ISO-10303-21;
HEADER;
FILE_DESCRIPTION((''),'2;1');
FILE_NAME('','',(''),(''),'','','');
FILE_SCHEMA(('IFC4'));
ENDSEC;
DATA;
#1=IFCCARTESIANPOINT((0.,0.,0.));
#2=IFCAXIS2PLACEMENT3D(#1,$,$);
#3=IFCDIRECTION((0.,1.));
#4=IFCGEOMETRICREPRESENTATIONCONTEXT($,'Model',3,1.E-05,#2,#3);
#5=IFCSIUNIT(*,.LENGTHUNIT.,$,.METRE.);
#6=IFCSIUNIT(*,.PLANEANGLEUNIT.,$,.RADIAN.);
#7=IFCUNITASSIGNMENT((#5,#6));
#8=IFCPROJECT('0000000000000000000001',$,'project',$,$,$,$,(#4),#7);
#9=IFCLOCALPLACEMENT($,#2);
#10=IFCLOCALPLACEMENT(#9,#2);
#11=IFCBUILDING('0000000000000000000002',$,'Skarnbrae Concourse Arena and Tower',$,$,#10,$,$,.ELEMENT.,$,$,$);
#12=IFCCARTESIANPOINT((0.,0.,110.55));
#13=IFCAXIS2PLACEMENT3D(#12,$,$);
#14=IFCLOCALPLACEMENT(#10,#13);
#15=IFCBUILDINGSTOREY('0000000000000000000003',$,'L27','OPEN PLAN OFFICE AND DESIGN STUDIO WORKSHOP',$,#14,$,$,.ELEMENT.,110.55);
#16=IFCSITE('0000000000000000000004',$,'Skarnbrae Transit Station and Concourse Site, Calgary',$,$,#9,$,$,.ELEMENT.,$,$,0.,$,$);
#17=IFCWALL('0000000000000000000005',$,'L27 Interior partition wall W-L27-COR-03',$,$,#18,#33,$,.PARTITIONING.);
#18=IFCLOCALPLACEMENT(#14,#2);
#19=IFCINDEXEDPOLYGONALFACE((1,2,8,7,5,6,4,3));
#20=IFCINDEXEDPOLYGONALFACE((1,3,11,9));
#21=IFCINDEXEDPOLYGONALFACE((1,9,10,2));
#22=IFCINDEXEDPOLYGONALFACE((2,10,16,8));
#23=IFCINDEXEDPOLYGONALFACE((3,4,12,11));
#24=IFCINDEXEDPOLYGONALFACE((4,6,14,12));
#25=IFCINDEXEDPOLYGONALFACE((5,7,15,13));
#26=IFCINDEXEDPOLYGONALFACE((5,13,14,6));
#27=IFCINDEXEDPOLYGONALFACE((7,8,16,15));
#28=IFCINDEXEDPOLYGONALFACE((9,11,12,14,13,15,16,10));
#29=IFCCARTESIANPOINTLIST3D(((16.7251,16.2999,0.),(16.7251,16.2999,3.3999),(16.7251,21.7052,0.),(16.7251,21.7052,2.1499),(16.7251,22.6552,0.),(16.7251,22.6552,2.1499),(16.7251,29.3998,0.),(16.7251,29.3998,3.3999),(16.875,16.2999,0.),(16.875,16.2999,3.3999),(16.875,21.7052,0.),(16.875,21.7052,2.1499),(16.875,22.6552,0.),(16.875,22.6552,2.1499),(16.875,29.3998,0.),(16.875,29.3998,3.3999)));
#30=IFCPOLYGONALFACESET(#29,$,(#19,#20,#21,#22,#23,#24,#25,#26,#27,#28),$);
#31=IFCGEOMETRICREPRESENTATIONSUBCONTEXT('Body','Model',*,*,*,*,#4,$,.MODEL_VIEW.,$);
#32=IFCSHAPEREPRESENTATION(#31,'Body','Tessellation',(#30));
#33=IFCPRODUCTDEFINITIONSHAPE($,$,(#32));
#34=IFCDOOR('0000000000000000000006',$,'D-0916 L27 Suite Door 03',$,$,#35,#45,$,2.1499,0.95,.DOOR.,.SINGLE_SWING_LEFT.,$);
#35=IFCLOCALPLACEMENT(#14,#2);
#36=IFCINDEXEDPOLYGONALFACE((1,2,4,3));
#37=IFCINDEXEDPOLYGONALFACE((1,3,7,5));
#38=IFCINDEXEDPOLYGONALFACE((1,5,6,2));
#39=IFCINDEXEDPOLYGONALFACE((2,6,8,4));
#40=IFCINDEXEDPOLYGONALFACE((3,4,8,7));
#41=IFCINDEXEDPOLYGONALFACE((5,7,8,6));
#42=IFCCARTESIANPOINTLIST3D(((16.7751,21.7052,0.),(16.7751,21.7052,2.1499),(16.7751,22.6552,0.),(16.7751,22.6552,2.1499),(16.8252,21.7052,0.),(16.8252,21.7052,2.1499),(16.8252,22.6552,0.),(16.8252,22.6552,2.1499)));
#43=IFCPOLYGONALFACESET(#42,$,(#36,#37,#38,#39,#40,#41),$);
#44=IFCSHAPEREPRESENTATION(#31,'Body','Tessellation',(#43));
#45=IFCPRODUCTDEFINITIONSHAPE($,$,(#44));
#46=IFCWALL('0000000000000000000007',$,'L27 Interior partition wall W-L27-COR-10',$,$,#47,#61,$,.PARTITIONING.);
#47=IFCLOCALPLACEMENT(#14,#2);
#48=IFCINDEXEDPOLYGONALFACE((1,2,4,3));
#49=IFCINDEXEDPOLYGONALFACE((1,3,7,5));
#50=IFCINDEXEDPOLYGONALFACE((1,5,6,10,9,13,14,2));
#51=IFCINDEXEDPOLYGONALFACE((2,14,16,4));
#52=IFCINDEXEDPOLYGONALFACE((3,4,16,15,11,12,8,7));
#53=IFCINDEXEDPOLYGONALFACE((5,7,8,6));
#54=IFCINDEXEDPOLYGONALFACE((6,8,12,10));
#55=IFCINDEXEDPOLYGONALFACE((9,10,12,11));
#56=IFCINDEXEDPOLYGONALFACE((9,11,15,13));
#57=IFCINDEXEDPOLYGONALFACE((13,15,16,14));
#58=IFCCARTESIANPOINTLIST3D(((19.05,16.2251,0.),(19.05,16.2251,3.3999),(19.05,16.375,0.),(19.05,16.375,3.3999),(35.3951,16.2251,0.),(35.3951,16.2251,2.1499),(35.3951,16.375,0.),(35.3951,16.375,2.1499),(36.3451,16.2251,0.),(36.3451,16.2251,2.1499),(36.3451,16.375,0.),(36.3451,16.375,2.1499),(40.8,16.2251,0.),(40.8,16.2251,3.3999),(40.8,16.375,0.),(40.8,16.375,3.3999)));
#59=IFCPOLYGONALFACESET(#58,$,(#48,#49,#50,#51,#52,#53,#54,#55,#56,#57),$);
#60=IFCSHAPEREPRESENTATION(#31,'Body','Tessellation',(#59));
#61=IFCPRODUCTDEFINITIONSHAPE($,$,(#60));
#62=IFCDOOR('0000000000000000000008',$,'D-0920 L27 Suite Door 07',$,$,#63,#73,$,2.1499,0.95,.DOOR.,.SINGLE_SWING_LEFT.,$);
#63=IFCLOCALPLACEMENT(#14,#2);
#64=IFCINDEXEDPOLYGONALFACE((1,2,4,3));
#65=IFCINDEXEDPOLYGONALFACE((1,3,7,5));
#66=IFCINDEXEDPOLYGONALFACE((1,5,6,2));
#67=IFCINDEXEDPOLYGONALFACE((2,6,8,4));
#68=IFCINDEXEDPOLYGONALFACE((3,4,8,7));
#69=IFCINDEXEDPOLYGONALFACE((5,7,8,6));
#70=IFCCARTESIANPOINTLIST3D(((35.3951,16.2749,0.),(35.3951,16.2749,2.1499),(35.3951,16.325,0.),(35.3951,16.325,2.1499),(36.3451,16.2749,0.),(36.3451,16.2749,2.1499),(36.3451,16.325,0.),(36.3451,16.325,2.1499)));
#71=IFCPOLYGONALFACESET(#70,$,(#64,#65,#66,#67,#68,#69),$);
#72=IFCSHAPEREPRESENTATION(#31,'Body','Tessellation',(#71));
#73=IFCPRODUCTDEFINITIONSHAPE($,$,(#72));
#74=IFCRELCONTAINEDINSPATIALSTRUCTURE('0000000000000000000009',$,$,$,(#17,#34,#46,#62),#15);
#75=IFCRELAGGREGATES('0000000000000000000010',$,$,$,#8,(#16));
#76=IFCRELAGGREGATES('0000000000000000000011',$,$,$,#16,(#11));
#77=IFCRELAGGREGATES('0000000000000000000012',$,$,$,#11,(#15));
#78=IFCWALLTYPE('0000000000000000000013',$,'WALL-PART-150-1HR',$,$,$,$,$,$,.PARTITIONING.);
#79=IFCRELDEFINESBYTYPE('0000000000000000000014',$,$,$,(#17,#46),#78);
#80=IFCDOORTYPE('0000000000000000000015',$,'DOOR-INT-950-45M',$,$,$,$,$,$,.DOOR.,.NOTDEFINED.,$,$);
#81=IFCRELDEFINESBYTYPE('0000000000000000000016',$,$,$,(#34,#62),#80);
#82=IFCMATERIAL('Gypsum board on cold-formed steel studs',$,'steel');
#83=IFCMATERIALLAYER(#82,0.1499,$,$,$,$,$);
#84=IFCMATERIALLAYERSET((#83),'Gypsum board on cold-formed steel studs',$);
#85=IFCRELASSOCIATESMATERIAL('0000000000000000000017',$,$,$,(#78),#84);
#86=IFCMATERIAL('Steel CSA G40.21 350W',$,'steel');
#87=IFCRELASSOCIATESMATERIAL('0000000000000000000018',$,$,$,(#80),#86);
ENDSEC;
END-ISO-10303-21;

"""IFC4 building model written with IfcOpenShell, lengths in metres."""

from ifc_helpers import new_model, si_unit, direction, frame, frame_2d, origin, place, context, subcontext, project, spatial, rectangle, extrude, source, transform, mapped, material, layer, layer_set, type_object, element, fill, save


model = new_model("IFC4")

# Units and contexts
model_context = context("Model", 3, precision=1e-05, world=origin(), true_north=direction((0.0, 1.0)))
body_context = subcontext(model_context, "Body", "Model", "MODEL_VIEW")
ifc_project = project(units=[si_unit("LENGTHUNIT", "METRE"), si_unit("PLANEANGLEUNIT", "RADIAN")], contexts=[model_context])

# Site, building, storey
site_placement = place(None, origin())
site = spatial("IfcSite", under=ifc_project, at=site_placement, Name="Skarnbrae Transit Station and Concourse Site, Calgary", CompositionType="ELEMENT", RefElevation=0.0)
building_placement = place(site_placement, origin())
building = spatial("IfcBuilding", under=site, at=building_placement, Name="Skarnbrae Concourse Arena and Tower", CompositionType="ELEMENT")
storey_placement = place(building_placement, frame((0.0, 0.0, 110.55)))
storey = spatial("IfcBuildingStorey", under=building, at=storey_placement, Name="L27", Description="OPEN PLAN OFFICE AND DESIGN STUDIO WORKSHOP", CompositionType="ELEMENT", Elevation=110.55)

# Shared definitions
ifc_material_1 = material(Name="Steel CSA G40.21 350W", Category="steel")

# Shared definitions
ifc_material_2 = material(Name="Gypsum board on cold-formed steel studs", Category="steel")

# Walls, openings, doors
ifc_layer_1 = layer(ifc_material_2, 0.1499)
ifc_layer_set_1 = layer_set([ifc_layer_1], Name="Gypsum board on cold-formed steel studs")
wall_type_1 = type_object("IfcWallType", Name="WALL-PART-150-1HR", PredefinedType="PARTITIONING", material=ifc_layer_set_1)
shared_shape_1 = source(origin(), body_context, "Body", "SweptSolid", [
    extrude(rectangle(XDim=13.0999, YDim=0.1499, at=frame_2d((6.5498, 0.0))), origin(), (0.0, 0.0, 1.0), 3.3999),
])
wall_1_placement = place(storey_placement, frame((16.8, 16.3, 0.0), z_axis=(0.0, 0.0, 1.0), x_axis=(0.0, 1.0, 0.0)))
wall_1 = element("IfcWall", 1, at=wall_1_placement, inside=storey, type_object=wall_type_1, Name="L27 Interior partition wall W-L27-COR-03", PredefinedType="PARTITIONING", context=body_context, shape_type="MappedRepresentation", body=[
    mapped(shared_shape_1, transform((0.0, 0.0, 0.0))),
])
opening_1_placement = place(wall_1_placement, frame((5.405, 0.0, 0.0)))
opening_1 = element("IfcOpeningElement", 2, at=opening_1_placement, cuts=wall_1, PredefinedType="OPENING", context=body_context, shape_type="SweptSolid", body=[
    extrude(rectangle(XDim=0.95, YDim=2.1499, at=frame_2d((0.4751, 1.075))), frame((0.0, 0.085, 0.0), z_axis=(0.0, -1.0, 0.0), x_axis=(1.0, 0.0, 0.0)), (0.0, 0.0, 1.0), 0.1699),
])
door_type_1 = type_object("IfcDoorType", Name="DOOR-INT-950-45M", OperationType="NOTDEFINED", PredefinedType="DOOR", material=ifc_material_1)
shared_shape_2 = source(origin(), body_context, "Body", "SweptSolid", [
    extrude(rectangle(XDim=0.95, YDim=2.1499, at=frame_2d((0.4751, 1.075))), frame((0.0, 0.0249, 0.0), z_axis=(0.0, -1.0, 0.0), x_axis=(1.0, 0.0, 0.0)), (0.0, 0.0, 1.0), 0.05),
])
door_1_placement = place(opening_1_placement, origin())
door_1 = element("IfcDoor", 3, at=door_1_placement, inside=storey, type_object=door_type_1, Name="D-0916 L27 Suite Door 03", OperationType="SINGLE_SWING_LEFT", OverallHeight=2.1499, OverallWidth=0.95, PredefinedType="DOOR", context=body_context, shape_type="MappedRepresentation", body=[
    mapped(shared_shape_2, transform((0.0, 0.0, 0.0))),
])
fill(opening_1, door_1)
shared_shape_3 = source(origin(), body_context, "Body", "SweptSolid", [
    extrude(rectangle(XDim=21.75, YDim=0.1499, at=frame_2d((10.875, 0.0))), origin(), (0.0, 0.0, 1.0), 3.3999),
])
wall_2_placement = place(storey_placement, frame((19.05, 16.3, 0.0), z_axis=(0.0, 0.0, 1.0), x_axis=(1.0, 0.0, 0.0)))
wall_2 = element("IfcWall", 4, at=wall_2_placement, inside=storey, type_object=wall_type_1, Name="L27 Interior partition wall W-L27-COR-10", PredefinedType="PARTITIONING", context=body_context, shape_type="MappedRepresentation", body=[
    mapped(shared_shape_3, transform((0.0, 0.0, 0.0))),
])
opening_2_placement = place(wall_2_placement, frame((16.345, 0.0, 0.0)))
opening_2 = element("IfcOpeningElement", 5, at=opening_2_placement, cuts=wall_2, PredefinedType="OPENING", context=body_context, shape_type="SweptSolid", body=[
    extrude(rectangle(XDim=0.95, YDim=2.1499, at=frame_2d((0.4751, 1.075))), frame((0.0, 0.085, 0.0), z_axis=(0.0, -1.0, 0.0), x_axis=(1.0, 0.0, 0.0)), (0.0, 0.0, 1.0), 0.1699),
])
door_2_placement = place(opening_2_placement, origin())
door_2 = element("IfcDoor", 6, at=door_2_placement, inside=storey, type_object=door_type_1, Name="D-0920 L27 Suite Door 07", OperationType="SINGLE_SWING_LEFT", OverallHeight=2.1499, OverallWidth=0.95, PredefinedType="DOOR", context=body_context, shape_type="MappedRepresentation", body=[
    mapped(shared_shape_2, transform((0.0, 0.0, 0.0))),
])
fill(opening_2, door_2)

save(model, "model.ifc")
